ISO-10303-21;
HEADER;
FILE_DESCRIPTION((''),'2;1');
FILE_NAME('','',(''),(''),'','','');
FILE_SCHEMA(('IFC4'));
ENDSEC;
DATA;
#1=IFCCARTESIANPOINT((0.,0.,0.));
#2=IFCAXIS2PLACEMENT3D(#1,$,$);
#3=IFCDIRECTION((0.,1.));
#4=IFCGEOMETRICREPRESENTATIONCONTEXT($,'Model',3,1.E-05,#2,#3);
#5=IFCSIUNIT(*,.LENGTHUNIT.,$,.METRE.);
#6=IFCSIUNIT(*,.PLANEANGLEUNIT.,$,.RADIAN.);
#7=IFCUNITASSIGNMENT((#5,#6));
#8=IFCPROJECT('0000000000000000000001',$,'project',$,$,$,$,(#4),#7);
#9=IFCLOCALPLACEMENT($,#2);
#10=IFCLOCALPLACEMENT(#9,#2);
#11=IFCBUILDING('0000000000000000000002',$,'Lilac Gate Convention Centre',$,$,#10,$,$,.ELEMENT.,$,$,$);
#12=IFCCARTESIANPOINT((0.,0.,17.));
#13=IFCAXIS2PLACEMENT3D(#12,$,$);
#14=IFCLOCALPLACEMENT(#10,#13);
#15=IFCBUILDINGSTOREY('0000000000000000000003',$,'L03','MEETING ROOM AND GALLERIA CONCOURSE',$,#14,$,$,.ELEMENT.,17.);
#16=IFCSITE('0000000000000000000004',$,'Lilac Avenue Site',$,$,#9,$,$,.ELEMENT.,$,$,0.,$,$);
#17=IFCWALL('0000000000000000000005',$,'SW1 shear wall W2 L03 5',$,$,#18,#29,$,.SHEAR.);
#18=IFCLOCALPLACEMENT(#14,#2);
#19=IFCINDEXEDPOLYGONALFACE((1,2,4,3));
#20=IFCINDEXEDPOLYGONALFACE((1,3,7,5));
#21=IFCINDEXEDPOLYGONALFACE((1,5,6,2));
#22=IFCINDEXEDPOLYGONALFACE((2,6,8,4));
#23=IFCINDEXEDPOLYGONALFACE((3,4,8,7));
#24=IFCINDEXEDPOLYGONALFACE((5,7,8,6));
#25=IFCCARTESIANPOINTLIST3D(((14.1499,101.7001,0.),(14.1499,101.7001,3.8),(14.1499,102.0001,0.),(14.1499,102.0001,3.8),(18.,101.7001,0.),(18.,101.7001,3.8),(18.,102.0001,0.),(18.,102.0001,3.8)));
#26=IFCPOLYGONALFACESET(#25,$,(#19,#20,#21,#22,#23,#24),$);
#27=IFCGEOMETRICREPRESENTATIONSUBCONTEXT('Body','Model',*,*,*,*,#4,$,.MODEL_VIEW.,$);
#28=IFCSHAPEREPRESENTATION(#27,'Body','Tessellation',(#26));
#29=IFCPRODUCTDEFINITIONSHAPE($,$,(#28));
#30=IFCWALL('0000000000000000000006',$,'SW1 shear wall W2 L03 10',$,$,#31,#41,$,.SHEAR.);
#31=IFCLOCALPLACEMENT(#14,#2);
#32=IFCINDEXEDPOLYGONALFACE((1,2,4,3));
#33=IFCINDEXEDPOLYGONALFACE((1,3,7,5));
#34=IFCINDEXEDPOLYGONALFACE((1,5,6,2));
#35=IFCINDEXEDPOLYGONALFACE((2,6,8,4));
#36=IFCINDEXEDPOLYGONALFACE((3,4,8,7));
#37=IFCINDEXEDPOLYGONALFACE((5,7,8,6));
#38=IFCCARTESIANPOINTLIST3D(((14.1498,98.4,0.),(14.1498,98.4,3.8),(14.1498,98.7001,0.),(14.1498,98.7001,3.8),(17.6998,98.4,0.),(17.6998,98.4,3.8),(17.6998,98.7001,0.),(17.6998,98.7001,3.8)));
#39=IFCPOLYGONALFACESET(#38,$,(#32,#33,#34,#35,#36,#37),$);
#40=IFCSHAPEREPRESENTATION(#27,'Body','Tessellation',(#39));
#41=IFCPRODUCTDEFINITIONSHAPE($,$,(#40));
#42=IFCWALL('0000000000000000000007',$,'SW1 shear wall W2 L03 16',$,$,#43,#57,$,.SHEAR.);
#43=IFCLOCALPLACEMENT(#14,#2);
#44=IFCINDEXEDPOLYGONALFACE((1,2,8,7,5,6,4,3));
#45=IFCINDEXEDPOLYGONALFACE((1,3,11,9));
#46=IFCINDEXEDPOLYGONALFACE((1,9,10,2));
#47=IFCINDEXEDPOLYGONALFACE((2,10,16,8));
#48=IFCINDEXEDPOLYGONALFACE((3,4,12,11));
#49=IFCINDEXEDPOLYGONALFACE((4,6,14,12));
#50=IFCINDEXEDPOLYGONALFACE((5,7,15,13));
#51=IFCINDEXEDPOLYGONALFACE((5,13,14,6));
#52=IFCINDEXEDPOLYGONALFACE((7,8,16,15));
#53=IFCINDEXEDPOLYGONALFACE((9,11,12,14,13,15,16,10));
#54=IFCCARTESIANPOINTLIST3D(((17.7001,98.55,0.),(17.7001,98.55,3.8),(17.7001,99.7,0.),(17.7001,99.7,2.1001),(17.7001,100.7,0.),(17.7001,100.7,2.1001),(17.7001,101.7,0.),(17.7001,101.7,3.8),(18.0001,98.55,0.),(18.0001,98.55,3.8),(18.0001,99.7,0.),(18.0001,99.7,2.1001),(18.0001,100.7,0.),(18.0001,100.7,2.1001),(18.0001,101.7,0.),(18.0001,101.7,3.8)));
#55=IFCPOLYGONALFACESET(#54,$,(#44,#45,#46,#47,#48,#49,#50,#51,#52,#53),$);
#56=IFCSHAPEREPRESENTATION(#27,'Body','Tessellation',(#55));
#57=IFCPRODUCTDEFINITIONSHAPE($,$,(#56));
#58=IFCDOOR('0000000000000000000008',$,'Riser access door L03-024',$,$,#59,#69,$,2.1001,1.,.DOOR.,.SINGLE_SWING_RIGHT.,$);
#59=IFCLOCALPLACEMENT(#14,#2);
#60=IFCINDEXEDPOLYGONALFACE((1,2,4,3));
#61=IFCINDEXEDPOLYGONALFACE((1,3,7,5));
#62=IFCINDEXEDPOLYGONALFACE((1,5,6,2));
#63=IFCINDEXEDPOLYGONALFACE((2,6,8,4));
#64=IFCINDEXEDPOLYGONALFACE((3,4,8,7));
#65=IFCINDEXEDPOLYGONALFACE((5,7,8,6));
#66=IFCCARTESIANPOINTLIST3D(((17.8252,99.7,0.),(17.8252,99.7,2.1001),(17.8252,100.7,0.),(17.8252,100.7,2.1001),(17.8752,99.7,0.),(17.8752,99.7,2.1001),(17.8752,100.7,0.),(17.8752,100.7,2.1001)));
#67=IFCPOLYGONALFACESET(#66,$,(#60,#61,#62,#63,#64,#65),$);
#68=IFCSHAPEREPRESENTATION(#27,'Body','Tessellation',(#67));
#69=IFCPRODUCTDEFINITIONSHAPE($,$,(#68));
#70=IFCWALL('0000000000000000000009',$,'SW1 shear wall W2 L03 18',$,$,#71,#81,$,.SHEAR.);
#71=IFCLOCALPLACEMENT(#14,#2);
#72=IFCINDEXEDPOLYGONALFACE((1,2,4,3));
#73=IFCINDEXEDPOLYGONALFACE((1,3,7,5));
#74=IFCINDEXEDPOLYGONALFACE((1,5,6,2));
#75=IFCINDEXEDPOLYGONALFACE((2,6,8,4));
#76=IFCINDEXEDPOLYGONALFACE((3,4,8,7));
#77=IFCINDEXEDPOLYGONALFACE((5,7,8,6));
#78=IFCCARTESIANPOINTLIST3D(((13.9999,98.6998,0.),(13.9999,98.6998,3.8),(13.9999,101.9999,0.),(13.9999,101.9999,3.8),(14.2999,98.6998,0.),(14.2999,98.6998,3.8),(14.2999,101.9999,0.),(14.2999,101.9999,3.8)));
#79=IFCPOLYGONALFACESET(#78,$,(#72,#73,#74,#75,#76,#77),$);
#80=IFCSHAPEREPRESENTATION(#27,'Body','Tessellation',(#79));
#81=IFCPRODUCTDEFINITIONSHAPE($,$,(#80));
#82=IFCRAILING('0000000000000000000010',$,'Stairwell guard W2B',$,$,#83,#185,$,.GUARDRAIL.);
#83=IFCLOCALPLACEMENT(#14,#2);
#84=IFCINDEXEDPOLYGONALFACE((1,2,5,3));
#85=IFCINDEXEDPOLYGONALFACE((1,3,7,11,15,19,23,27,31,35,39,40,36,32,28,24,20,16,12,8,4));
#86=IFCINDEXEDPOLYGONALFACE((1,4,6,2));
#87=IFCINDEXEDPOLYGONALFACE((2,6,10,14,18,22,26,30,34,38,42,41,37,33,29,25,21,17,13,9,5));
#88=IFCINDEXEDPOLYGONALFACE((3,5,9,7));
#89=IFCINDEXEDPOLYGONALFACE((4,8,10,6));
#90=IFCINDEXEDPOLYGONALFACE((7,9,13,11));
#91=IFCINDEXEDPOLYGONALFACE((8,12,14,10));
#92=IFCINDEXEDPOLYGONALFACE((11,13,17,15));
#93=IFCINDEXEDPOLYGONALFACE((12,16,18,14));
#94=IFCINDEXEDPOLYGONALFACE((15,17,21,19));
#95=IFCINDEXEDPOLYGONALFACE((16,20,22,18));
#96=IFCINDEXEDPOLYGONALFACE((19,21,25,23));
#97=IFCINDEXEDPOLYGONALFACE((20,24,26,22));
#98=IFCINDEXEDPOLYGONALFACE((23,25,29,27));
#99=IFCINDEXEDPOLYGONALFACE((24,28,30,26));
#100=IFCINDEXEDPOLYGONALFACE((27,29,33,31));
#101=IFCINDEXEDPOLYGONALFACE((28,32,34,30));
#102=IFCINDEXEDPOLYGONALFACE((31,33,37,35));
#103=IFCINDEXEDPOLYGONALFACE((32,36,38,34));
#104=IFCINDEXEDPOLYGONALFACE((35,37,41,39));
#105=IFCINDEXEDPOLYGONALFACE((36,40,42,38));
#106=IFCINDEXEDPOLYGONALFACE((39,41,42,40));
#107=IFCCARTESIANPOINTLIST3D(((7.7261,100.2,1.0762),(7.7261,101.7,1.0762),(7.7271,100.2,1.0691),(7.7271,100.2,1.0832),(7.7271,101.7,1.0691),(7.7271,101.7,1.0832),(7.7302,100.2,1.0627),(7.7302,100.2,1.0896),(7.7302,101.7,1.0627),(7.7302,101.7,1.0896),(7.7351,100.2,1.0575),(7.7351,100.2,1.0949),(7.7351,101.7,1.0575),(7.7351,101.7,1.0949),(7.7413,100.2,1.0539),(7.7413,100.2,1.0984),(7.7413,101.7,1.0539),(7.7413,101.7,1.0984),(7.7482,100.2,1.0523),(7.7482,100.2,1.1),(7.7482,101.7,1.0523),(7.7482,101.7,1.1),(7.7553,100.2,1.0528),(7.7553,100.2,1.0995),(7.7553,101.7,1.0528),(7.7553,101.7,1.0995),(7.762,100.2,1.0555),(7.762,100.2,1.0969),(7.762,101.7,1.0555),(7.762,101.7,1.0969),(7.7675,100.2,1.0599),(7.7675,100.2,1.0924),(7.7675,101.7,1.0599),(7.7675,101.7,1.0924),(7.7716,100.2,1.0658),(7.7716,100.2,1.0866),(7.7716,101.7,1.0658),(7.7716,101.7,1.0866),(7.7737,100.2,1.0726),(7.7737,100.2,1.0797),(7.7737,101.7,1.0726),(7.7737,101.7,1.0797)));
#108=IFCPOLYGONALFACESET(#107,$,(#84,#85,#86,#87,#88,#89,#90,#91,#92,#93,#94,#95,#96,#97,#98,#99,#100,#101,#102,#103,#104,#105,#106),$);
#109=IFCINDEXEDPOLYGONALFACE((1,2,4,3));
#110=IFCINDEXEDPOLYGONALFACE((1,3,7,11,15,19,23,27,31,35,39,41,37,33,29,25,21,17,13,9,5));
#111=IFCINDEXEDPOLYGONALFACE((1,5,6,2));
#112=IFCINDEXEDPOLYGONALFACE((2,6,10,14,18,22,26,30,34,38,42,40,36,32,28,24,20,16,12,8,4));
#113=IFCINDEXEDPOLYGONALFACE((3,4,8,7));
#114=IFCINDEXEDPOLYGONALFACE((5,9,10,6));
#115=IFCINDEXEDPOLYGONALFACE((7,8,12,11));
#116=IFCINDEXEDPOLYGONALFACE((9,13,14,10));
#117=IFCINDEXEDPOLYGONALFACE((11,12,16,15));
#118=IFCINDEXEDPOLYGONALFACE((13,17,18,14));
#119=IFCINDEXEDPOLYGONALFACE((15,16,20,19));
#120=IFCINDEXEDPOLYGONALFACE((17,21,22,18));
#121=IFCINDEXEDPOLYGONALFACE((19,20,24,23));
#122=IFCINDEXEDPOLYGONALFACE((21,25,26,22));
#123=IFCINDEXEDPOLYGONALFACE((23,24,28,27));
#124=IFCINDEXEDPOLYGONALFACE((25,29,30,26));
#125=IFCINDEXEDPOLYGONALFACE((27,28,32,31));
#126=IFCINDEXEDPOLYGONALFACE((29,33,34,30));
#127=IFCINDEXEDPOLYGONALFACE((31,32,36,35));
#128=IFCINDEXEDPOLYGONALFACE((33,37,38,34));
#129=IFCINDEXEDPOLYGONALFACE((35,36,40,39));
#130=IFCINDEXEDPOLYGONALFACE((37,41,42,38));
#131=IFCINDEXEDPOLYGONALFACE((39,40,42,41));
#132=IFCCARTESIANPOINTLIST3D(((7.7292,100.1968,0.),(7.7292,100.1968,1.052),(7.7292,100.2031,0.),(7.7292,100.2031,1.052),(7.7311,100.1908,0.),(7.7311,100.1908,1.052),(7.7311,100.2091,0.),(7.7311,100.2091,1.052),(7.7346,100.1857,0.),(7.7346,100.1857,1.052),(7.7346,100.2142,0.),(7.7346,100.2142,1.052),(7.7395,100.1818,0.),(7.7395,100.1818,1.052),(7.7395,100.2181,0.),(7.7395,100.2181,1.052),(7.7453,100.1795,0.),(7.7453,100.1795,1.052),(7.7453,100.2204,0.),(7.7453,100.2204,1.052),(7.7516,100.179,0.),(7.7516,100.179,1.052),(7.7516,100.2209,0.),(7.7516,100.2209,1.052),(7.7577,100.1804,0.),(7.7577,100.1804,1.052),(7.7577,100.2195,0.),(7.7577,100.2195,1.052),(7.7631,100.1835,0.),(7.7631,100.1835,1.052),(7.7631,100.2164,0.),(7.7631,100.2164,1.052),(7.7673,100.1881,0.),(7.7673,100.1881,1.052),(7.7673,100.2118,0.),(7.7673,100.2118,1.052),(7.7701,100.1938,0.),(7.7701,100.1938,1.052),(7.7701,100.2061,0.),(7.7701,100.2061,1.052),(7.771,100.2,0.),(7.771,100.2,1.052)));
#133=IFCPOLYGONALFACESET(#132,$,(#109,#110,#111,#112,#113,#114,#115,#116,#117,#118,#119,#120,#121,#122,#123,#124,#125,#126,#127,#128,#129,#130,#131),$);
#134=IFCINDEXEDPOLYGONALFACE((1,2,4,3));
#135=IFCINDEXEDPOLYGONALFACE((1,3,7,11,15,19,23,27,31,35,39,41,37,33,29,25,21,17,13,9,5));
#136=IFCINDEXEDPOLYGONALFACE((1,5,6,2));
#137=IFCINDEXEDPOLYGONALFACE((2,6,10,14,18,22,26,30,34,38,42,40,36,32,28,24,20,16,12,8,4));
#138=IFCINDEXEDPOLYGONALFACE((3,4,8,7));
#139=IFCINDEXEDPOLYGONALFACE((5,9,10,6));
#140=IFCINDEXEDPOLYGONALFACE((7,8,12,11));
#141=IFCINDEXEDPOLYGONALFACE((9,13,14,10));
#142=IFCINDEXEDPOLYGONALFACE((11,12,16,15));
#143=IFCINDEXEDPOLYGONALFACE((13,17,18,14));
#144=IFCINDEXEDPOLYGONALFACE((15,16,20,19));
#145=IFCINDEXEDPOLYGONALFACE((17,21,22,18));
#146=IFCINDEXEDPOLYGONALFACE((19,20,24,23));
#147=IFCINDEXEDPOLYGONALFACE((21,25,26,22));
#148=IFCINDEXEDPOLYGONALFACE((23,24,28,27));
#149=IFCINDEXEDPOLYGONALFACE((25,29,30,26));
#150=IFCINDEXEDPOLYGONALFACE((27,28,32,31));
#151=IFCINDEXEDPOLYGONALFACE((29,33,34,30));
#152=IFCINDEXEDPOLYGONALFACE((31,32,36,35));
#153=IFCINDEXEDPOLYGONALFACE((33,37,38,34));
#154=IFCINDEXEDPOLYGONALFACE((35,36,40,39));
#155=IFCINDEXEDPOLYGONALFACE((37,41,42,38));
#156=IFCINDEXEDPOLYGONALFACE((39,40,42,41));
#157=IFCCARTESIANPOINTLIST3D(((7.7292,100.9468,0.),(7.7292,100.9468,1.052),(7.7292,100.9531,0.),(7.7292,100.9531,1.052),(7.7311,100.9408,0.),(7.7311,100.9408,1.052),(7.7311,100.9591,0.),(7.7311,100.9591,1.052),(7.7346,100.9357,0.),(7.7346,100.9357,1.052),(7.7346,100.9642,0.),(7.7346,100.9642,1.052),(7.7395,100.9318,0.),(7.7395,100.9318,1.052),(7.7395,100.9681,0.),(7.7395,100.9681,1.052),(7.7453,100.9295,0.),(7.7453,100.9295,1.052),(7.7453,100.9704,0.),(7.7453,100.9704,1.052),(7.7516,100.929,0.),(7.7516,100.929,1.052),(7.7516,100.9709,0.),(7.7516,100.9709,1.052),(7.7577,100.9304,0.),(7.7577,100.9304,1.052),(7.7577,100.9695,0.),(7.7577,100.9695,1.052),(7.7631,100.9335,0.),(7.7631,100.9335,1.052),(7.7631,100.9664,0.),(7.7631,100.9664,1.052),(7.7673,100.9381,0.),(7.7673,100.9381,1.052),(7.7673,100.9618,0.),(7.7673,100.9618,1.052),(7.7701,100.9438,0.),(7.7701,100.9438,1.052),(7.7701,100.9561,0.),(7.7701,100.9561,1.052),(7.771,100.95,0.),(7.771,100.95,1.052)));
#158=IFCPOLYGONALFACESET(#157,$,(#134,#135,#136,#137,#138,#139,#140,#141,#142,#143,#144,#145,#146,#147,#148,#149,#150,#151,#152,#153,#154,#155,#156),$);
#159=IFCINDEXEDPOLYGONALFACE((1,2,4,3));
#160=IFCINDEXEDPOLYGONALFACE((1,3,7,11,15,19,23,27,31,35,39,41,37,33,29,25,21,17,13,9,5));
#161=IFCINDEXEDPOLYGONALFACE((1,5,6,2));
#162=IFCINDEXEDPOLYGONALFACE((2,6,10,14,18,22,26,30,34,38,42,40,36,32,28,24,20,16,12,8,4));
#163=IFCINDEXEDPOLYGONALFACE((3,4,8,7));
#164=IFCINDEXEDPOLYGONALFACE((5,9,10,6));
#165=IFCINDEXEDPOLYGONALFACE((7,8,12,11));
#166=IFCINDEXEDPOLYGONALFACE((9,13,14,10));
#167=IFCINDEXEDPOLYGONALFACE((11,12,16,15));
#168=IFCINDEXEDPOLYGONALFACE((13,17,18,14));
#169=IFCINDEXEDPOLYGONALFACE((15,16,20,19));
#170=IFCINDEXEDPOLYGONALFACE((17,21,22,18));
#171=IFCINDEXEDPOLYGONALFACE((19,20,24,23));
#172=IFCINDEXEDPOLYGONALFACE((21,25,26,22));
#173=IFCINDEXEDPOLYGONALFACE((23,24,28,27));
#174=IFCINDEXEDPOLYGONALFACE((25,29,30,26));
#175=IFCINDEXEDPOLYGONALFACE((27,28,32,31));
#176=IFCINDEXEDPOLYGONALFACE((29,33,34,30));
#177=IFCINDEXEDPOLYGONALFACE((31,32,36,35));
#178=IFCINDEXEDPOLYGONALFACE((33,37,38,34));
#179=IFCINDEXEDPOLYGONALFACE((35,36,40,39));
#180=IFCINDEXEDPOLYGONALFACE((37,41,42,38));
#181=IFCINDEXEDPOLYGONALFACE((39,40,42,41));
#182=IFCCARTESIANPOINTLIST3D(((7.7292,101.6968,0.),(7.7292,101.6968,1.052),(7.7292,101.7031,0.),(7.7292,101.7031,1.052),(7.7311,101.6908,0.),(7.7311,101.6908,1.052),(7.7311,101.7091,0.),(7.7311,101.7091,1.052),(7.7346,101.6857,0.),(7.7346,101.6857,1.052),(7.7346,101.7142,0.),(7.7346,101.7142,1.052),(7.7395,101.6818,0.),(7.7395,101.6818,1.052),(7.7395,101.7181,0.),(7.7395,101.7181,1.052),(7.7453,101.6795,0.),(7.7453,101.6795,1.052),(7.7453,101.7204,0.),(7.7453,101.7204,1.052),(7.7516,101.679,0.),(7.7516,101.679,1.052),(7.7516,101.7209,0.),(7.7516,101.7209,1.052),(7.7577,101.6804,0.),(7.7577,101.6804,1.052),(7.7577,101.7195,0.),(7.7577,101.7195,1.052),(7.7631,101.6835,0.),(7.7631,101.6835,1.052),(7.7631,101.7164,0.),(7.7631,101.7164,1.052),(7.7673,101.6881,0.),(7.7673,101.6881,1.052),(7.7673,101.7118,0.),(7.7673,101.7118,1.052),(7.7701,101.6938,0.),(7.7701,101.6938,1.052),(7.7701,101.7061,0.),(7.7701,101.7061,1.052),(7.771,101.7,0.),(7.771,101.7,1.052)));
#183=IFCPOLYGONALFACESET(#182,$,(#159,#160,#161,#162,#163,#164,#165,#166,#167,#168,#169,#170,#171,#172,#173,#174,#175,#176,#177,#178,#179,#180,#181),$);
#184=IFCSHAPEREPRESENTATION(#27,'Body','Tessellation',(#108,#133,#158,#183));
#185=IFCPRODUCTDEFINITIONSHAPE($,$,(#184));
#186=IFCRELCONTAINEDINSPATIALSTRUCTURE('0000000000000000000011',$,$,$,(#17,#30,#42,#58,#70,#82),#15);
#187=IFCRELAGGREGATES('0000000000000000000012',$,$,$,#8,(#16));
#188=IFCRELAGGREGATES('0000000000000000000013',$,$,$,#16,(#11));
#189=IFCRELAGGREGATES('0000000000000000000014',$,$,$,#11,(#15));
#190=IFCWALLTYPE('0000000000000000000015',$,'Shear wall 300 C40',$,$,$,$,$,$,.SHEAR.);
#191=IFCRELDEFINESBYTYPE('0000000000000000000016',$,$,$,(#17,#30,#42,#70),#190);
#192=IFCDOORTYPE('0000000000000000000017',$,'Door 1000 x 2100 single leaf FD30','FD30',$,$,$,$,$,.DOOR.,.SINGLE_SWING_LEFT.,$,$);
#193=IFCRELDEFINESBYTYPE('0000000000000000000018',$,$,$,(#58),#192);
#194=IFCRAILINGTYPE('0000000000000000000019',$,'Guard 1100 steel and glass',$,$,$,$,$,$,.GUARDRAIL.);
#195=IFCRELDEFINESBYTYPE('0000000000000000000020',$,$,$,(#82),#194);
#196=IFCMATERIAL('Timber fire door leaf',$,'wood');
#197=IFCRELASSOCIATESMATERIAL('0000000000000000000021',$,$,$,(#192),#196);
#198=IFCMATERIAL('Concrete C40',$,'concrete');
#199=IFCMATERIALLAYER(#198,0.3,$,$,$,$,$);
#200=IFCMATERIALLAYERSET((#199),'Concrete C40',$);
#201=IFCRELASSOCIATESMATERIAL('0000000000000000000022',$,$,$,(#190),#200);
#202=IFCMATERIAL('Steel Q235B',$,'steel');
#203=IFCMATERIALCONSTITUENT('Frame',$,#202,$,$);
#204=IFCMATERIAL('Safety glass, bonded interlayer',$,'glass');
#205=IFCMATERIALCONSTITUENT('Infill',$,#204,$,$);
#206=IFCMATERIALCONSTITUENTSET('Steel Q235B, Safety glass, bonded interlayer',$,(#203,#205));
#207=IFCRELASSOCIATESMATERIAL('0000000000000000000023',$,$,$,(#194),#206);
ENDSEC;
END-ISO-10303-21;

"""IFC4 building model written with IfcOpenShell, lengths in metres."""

from ifc_helpers import new_model, si_unit, direction, frame, frame_2d, origin, origin_2d, place, context, subcontext, project, spatial, rectangle, circle, extrude, material, layer, layer_set, constituent, constituent_set, type_object, element, fill, save


model = new_model("IFC4")

# Units and contexts
model_context = context("Model", 3, precision=1e-05, world=origin(), true_north=direction((0.0, 1.0)))
body_context = subcontext(model_context, "Body", "Model", "MODEL_VIEW")
ifc_project = project(units=[si_unit("LENGTHUNIT", "METRE"), si_unit("PLANEANGLEUNIT", "RADIAN")], contexts=[model_context])

# Site, building, storey
site_placement = place(None, origin())
site = spatial("IfcSite", under=ifc_project, at=site_placement, Name="Lilac Avenue Site", CompositionType="ELEMENT", RefElevation=0.0)
building_placement = place(site_placement, origin())
building = spatial("IfcBuilding", under=site, at=building_placement, Name="Lilac Gate Convention Centre", CompositionType="ELEMENT")
storey_placement = place(building_placement, frame((0.0, 0.0, 17.0)))
storey = spatial("IfcBuildingStorey", under=building, at=storey_placement, Name="L03", Description="MEETING ROOM AND GALLERIA CONCOURSE", CompositionType="ELEMENT", Elevation=17.0)

# Shared definitions
ifc_material_1 = material(Name="Concrete C40", Category="concrete")

# Shared definitions
ifc_material_2 = material(Name="Timber fire door leaf", Category="wood")
door_type = type_object("IfcDoorType", Name="Door 1000 x 2100 single leaf FD30", Description="FD30", OperationType="SINGLE_SWING_LEFT", PredefinedType="DOOR", material=ifc_material_2)

# Walls
ifc_layer_1 = layer(ifc_material_1, 0.3)
ifc_layer_set_1 = layer_set([ifc_layer_1], Name="Concrete C40")
wall_type_1 = type_object("IfcWallType", Name="Shear wall 300 C40", PredefinedType="SHEAR", material=ifc_layer_set_1)
wall_1_placement = place(storey_placement, frame((14.1499, 101.8501, 0.0), z_axis=(0.0, 0.0, 1.0), x_axis=(1.0, 0.0, 0.0)))
element("IfcWall", 1, at=wall_1_placement, inside=storey, type_object=wall_type_1, Name="SW1 shear wall W2 L03 5", PredefinedType="SHEAR", context=body_context, shape_type="SweptSolid", body=[
    extrude(rectangle(XDim=3.8501, YDim=0.3, at=frame_2d((1.925, 0.0))), origin(), (0.0, 0.0, 1.0), 3.8),
])
wall_2_placement = place(storey_placement, frame((14.1499, 98.55, 0.0), z_axis=(0.0, 0.0, 1.0), x_axis=(1.0, 0.0, 0.0)))
element("IfcWall", 2, at=wall_2_placement, inside=storey, type_object=wall_type_1, Name="SW1 shear wall W2 L03 10", PredefinedType="SHEAR", context=body_context, shape_type="SweptSolid", body=[
    extrude(rectangle(XDim=3.55, YDim=0.3, at=frame_2d((1.7749, 0.0))), origin(), (0.0, 0.0, 1.0), 3.8),
])

# Wall, opening, door
wall_3_placement = place(storey_placement, frame((17.8501, 98.55, 0.0), z_axis=(0.0, 0.0, 1.0), x_axis=(0.0, 1.0, 0.0)))
wall_3 = element("IfcWall", 3, at=wall_3_placement, inside=storey, type_object=wall_type_1, Name="SW1 shear wall W2 L03 16", PredefinedType="SHEAR", context=body_context, shape_type="SweptSolid", body=[
    extrude(rectangle(XDim=3.1499, YDim=0.3, at=frame_2d((1.575, 0.0))), origin(), (0.0, 0.0, 1.0), 3.8),
])
opening_1_placement = place(wall_3_placement, frame((1.1499, 0.0, 0.0)))
opening_1 = element("IfcOpeningElement", 4, at=opening_1_placement, cuts=wall_3, PredefinedType="OPENING", context=body_context, shape_type="SweptSolid", body=[
    extrude(rectangle(XDim=1.0, YDim=2.1001, at=frame_2d((0.5, 1.05))), frame((0.0, 0.1599, 0.0), z_axis=(0.0, -1.0, 0.0), x_axis=(1.0, 0.0, 0.0)), (0.0, 0.0, 1.0), 0.3201),
])
door_1_placement = place(opening_1_placement, origin())
door_1 = element("IfcDoor", 5, at=door_1_placement, inside=storey, type_object=door_type, Name="Riser access door L03-024", OperationType="SINGLE_SWING_RIGHT", OverallHeight=2.1001, OverallWidth=1.0, PredefinedType="DOOR", context=body_context, shape_type="SweptSolid", body=[
    extrude(rectangle(XDim=1.0, YDim=2.1001, at=frame_2d((0.5, 1.05))), frame((0.0, 0.0249, 0.0), z_axis=(0.0, -1.0, 0.0), x_axis=(1.0, 0.0, 0.0)), (0.0, 0.0, 1.0), 0.05),
])
fill(opening_1, door_1)

# Wall
wall_4_placement = place(storey_placement, frame((14.1499, 98.7, 0.0), z_axis=(0.0, 0.0, 1.0), x_axis=(0.0, 1.0, 0.0)))
element("IfcWall", 6, at=wall_4_placement, inside=storey, type_object=wall_type_1, Name="SW1 shear wall W2 L03 18", PredefinedType="SHEAR", context=body_context, shape_type="SweptSolid", body=[
    extrude(rectangle(XDim=3.3, YDim=0.3, at=frame_2d((1.6499, 0.0))), origin(), (0.0, 0.0, 1.0), 3.8),
])

# Railing
ifc_material_3 = material(Name="Steel Q235B", Category="steel")
ifc_constituent_1 = constituent(ifc_material_3, Name="Frame")
ifc_material_4 = material(Name="Safety glass, bonded interlayer", Category="glass")
ifc_constituent_2 = constituent(ifc_material_4, Name="Infill")
ifc_constituent_set = constituent_set(constituents=[ifc_constituent_1, ifc_constituent_2], Name="Steel Q235B, Safety glass, bonded interlayer")
railing_type = type_object("IfcRailingType", Name="Guard 1100 steel and glass", PredefinedType="GUARDRAIL", material=ifc_constituent_set)
railing_placement = place(storey_placement, frame((7.75, 100.2, 0.0)))
element("IfcRailing", 7, at=railing_placement, inside=storey, type_object=railing_type, Name="Stairwell guard W2B", PredefinedType="GUARDRAIL", context=body_context, shape_type="SweptSolid", body=[
    extrude(circle(Radius=0.0239, at=origin_2d()), frame((0.0, 0.0, 1.0762), z_axis=(0.0, 1.0, 0.0), x_axis=(-1.0, 0.0, 0.0)), (0.0, 0.0, 1.0), 1.5),
    extrude(circle(Radius=0.021, at=origin_2d()), origin(), (0.0, 0.0, 1.0), 1.052),
    extrude(circle(Radius=0.021, at=origin_2d()), frame((0.0, 0.75, 0.0)), (0.0, 0.0, 1.0), 1.052),
    extrude(circle(Radius=0.021, at=origin_2d()), frame((0.0, 1.5, 0.0)), (0.0, 0.0, 1.0), 1.052),
])

save(model, "model.ifc")
